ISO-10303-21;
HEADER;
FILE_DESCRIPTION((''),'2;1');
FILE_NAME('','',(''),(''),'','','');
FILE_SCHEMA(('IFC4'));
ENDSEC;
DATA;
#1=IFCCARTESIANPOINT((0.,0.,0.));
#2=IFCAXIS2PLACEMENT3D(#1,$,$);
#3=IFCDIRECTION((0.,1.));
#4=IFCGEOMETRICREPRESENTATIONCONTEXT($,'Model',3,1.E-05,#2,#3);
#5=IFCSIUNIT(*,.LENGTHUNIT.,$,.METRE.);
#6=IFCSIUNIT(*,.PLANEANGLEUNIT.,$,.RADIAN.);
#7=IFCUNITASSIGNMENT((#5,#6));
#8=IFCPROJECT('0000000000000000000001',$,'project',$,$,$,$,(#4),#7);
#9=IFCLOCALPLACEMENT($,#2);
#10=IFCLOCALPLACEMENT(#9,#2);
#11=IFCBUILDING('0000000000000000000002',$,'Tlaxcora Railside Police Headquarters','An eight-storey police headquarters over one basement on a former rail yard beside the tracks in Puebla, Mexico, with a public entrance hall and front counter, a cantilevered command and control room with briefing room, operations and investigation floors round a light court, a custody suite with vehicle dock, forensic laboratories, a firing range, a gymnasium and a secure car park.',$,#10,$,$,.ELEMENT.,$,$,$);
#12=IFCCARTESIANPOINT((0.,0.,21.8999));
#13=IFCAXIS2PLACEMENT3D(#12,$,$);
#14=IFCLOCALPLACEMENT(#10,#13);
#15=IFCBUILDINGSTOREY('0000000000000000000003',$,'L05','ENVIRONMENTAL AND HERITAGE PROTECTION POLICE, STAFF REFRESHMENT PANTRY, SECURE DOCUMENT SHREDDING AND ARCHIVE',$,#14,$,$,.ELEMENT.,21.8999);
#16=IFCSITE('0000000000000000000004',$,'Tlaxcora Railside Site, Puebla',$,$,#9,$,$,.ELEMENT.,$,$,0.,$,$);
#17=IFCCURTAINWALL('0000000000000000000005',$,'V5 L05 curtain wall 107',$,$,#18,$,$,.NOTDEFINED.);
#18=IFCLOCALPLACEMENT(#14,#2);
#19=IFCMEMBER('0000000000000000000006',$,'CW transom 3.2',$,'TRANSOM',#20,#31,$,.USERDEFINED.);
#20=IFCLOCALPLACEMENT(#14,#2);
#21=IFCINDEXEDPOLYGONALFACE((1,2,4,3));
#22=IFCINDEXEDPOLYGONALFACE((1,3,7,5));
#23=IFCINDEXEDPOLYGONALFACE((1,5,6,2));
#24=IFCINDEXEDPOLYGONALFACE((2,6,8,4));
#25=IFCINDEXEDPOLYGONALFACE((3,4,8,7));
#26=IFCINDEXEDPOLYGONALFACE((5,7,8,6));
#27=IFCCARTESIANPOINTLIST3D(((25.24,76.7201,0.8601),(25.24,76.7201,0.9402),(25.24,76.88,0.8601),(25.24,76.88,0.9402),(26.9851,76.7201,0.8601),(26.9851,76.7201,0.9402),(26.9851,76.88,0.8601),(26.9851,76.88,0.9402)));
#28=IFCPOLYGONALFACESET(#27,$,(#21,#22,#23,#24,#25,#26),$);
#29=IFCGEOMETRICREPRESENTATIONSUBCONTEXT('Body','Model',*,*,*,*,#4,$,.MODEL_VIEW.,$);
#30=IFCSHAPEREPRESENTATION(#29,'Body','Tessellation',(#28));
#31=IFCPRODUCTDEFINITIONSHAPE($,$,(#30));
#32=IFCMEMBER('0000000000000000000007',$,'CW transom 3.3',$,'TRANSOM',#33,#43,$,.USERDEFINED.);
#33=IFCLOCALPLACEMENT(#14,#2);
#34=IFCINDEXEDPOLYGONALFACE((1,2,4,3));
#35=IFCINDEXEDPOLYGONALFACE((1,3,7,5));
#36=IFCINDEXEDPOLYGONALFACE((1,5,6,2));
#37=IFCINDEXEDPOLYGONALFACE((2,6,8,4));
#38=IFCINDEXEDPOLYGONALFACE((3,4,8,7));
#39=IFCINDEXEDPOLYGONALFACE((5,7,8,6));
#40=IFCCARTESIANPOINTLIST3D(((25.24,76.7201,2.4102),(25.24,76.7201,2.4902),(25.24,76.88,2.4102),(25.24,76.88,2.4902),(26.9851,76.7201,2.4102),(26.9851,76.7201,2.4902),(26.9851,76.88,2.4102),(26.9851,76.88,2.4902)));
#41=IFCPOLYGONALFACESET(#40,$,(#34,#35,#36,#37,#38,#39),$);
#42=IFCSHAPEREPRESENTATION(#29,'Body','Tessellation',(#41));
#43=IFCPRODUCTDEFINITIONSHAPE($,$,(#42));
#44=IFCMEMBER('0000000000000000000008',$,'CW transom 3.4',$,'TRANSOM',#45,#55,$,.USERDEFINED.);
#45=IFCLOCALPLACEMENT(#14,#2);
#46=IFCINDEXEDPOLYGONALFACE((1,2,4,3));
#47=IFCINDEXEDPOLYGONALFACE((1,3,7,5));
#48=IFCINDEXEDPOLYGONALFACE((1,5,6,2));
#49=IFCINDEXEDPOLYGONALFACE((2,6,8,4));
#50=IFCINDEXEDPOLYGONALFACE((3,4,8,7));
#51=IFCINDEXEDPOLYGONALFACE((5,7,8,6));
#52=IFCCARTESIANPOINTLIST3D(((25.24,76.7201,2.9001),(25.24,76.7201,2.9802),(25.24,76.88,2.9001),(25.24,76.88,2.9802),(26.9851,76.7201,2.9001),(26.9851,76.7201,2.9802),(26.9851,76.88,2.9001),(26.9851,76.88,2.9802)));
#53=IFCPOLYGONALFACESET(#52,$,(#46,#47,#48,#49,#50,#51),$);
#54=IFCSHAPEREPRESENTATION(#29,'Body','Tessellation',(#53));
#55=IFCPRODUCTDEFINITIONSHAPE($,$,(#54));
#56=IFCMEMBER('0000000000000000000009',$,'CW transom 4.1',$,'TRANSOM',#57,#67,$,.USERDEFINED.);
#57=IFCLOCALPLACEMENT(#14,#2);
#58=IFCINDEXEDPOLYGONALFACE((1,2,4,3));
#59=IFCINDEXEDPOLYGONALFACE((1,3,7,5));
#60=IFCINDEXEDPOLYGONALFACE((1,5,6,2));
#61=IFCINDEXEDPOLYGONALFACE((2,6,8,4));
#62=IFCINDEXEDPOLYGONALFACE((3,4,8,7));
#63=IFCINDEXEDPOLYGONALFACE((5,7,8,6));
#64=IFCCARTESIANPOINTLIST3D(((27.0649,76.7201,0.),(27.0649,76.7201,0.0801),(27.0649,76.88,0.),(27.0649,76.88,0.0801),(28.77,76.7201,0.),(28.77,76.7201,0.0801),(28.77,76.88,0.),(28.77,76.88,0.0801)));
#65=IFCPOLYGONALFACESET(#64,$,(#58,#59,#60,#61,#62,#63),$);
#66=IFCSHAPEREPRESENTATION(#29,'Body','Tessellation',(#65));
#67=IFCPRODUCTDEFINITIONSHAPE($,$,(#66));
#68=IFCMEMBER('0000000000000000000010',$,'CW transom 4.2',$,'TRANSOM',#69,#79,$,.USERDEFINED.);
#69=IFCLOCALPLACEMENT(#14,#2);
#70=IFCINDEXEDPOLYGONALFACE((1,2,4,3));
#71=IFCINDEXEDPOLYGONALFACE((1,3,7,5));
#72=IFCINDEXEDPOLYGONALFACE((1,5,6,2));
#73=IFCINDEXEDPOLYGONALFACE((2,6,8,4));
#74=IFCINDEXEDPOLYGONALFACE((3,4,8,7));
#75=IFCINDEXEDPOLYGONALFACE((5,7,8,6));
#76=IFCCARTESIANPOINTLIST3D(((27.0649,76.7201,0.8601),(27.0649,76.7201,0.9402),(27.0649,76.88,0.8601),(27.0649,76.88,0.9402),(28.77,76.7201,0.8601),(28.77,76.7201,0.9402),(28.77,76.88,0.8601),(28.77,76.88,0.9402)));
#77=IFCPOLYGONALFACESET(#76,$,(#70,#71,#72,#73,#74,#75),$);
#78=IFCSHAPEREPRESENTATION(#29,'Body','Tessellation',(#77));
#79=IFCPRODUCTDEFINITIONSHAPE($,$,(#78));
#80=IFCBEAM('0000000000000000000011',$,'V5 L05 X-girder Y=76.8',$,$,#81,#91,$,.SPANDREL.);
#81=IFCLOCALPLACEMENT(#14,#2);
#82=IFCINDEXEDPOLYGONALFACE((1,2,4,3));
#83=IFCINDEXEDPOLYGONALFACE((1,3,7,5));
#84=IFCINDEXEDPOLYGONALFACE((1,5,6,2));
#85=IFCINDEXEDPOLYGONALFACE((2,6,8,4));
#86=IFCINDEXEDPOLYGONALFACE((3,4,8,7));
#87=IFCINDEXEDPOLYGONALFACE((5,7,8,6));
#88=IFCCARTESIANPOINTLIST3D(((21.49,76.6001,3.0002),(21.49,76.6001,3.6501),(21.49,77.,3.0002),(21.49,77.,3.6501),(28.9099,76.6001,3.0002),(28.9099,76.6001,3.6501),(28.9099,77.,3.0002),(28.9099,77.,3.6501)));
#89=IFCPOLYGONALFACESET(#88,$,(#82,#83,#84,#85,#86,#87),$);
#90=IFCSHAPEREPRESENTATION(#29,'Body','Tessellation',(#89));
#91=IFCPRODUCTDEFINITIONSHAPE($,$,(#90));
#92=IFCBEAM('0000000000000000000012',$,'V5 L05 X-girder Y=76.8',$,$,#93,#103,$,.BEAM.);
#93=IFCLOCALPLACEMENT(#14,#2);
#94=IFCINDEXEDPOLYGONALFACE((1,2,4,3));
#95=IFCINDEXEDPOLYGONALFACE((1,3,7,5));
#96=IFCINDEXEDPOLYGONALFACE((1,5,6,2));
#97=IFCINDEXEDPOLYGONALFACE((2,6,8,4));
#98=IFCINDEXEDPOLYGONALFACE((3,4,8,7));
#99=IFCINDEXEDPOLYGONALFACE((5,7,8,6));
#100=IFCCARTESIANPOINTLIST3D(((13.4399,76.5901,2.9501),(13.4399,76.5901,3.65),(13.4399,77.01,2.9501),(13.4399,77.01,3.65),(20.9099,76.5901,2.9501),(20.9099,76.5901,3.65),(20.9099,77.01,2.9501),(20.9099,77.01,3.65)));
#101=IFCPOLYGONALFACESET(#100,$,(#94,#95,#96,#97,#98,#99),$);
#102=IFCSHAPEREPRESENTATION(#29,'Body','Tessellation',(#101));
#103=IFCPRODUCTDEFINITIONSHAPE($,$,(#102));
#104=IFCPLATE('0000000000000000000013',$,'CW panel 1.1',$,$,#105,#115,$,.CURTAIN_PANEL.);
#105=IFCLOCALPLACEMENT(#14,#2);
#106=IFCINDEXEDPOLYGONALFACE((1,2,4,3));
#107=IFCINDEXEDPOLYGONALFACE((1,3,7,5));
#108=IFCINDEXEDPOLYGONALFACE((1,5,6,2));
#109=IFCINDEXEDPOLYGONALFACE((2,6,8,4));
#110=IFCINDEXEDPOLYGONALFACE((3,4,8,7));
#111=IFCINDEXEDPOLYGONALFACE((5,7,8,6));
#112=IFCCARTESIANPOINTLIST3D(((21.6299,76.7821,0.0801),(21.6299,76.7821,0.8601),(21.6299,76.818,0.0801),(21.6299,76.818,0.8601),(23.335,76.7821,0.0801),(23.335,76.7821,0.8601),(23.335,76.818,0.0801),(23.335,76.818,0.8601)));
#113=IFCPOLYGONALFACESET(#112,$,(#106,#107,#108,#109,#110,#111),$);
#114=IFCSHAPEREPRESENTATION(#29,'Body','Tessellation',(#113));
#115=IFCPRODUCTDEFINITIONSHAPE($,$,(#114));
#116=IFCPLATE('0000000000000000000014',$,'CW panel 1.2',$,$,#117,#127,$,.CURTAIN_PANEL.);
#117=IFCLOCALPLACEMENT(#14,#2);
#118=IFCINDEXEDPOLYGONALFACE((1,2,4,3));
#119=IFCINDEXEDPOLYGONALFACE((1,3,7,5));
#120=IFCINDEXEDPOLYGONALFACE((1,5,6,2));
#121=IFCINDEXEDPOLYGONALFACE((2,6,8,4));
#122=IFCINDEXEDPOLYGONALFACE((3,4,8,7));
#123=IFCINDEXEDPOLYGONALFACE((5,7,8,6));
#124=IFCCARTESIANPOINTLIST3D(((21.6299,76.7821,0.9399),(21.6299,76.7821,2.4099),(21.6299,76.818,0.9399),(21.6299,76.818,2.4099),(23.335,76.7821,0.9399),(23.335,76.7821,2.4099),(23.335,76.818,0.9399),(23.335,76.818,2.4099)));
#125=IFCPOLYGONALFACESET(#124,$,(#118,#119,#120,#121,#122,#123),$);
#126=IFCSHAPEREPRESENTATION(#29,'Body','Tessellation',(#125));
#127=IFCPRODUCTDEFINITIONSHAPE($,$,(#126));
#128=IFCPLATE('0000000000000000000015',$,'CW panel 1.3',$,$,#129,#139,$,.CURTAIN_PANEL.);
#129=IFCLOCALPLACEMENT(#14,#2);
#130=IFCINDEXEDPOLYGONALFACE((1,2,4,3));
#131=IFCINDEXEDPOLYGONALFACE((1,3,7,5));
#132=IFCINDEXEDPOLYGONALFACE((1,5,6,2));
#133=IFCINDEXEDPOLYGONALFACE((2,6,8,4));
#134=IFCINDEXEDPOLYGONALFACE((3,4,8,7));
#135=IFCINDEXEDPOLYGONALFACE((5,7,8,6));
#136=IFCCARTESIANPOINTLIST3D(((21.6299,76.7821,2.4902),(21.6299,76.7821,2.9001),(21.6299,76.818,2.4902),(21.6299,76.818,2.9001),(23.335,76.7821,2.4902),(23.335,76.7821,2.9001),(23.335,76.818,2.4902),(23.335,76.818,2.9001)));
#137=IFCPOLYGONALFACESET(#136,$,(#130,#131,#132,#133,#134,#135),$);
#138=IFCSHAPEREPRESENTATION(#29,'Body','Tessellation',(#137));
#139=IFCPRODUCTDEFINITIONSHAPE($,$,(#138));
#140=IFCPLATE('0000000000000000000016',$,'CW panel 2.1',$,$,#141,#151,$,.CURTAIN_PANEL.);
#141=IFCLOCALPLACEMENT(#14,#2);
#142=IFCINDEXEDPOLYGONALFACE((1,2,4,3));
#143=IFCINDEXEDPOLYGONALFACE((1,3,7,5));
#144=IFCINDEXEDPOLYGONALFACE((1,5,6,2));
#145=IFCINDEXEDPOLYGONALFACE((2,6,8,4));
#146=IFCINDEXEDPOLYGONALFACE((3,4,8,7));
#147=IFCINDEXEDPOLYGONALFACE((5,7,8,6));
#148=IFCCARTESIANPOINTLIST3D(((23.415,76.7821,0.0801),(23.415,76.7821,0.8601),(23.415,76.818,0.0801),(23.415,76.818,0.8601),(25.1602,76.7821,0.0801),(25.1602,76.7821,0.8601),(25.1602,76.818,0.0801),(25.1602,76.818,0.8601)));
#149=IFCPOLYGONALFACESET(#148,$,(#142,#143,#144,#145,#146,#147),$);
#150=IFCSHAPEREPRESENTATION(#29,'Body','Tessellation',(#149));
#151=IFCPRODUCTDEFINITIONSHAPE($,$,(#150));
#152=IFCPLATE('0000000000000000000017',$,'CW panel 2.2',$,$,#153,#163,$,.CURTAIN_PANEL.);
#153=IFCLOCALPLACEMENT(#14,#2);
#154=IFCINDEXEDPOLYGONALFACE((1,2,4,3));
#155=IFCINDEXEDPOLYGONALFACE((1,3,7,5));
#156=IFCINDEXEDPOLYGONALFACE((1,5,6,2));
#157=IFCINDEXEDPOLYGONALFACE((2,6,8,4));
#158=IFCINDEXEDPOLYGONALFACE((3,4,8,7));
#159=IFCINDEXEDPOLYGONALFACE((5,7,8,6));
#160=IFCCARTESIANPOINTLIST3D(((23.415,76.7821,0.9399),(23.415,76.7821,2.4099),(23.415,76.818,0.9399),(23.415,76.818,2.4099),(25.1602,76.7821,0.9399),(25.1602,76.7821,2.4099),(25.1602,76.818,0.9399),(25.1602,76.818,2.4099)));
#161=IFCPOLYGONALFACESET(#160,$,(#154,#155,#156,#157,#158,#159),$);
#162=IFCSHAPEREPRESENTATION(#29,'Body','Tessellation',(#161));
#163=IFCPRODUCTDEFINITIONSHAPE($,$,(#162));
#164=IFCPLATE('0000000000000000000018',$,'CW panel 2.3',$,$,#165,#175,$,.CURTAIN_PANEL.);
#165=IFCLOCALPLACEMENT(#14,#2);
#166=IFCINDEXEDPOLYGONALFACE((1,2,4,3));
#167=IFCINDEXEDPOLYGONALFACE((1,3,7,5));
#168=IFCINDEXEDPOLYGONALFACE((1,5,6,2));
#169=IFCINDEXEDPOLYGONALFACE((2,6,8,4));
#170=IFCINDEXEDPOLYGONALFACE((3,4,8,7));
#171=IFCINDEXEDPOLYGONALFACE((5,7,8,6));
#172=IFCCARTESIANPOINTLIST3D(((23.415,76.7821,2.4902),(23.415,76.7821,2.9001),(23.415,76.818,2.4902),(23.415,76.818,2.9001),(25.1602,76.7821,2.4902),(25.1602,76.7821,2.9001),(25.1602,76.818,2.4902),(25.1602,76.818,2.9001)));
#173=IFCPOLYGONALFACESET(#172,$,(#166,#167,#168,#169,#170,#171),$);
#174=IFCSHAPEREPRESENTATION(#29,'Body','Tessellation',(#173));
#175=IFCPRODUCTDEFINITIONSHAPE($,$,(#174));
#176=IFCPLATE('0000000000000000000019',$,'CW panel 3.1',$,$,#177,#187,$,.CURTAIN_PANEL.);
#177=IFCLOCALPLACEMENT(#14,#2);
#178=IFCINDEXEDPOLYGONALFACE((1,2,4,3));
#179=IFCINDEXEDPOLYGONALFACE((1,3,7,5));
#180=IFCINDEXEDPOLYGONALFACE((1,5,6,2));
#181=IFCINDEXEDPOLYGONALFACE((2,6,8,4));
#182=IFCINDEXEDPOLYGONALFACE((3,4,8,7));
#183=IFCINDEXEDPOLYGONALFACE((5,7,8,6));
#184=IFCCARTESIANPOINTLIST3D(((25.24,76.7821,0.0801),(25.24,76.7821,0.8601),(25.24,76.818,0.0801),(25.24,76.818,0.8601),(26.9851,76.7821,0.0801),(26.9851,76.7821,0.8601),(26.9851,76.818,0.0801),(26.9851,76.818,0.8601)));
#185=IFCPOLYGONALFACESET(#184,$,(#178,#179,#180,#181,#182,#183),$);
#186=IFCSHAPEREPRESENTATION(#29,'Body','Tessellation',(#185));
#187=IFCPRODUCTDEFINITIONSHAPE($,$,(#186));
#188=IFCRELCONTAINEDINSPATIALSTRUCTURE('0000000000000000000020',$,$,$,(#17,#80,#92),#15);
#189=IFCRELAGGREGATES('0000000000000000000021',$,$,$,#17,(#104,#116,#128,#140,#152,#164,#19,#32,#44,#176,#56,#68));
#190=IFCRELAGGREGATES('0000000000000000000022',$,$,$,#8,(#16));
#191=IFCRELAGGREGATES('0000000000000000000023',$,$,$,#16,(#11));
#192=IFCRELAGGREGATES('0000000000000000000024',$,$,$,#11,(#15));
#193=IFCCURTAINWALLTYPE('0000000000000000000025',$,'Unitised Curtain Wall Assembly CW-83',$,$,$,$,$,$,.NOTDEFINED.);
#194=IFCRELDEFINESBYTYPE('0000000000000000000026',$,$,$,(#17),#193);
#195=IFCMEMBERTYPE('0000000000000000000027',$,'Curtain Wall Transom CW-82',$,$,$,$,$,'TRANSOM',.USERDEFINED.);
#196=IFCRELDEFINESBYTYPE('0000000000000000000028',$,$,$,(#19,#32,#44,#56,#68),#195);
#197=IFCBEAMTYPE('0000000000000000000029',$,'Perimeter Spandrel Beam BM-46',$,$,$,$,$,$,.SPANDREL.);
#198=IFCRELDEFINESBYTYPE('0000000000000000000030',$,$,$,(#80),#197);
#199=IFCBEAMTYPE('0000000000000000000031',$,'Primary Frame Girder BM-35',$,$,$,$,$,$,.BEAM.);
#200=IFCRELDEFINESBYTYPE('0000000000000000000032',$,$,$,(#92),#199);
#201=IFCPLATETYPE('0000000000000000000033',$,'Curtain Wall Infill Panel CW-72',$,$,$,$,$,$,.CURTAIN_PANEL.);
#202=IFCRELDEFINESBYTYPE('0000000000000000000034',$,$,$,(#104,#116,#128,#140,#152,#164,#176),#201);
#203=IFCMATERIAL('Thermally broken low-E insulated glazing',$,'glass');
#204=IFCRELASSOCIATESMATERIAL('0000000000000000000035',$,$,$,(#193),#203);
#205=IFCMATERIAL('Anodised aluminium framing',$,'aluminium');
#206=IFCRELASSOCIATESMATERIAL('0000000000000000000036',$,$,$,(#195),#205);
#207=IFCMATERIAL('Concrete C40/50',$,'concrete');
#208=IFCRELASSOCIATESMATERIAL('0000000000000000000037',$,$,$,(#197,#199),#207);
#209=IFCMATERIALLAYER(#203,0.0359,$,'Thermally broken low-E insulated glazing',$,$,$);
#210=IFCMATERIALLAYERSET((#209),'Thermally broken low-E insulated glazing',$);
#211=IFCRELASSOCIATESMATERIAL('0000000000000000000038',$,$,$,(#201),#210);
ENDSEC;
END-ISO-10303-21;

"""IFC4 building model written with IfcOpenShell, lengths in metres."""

from ifc_helpers import new_model, si_unit, direction, frame, origin, origin_2d, place, context, subcontext, project, spatial, rectangle, extrude, material, layer, layer_set, material_profile, profile_set, type_object, element, aggregate, save


model = new_model("IFC4")

# Units and contexts
model_context = context("Model", 3, precision=1e-05, world=origin(), true_north=direction((0.0, 1.0)))
body_context = subcontext(model_context, "Body", "Model", "MODEL_VIEW")
ifc_project = project(units=[si_unit("LENGTHUNIT", "METRE"), si_unit("PLANEANGLEUNIT", "RADIAN")], contexts=[model_context])

# Site, building, storey
site_placement = place(None, origin())
site = spatial("IfcSite", under=ifc_project, at=site_placement, Name="Tlaxcora Railside Site, Puebla", CompositionType="ELEMENT", RefElevation=0.0)
building_placement = place(site_placement, origin())
building = spatial("IfcBuilding", under=site, at=building_placement, Name="Tlaxcora Railside Police Headquarters", Description="An eight-storey police headquarters over one basement on a former rail yard beside the tracks in Puebla, Mexico, with a public entrance hall and front counter, a cantilevered command and control room with briefing room, operations and investigation floors round a light court, a custody suite with vehicle dock, forensic laboratories, a firing range, a gymnasium and a secure car park.", CompositionType="ELEMENT")
storey_placement = place(building_placement, frame((0.0, 0.0, 21.8999)))
storey = spatial("IfcBuildingStorey", under=building, at=storey_placement, Name="L05", Description="ENVIRONMENTAL AND HERITAGE PROTECTION POLICE, STAFF REFRESHMENT PANTRY, SECURE DOCUMENT SHREDDING AND ARCHIVE", CompositionType="ELEMENT", Elevation=21.8999)

# Shared definitions
ifc_material_1 = material(Name="Concrete C40/50", Category="concrete")

# Curtain wall, members
ifc_material_2 = material(Name="Thermally broken low-E insulated glazing", Category="glass")
curtain_wall_type = type_object("IfcCurtainWallType", Name="Unitised Curtain Wall Assembly CW-83", PredefinedType="NOTDEFINED", material=ifc_material_2)
curtain_wall_placement = place(storey_placement, origin())
curtain_wall = element("IfcCurtainWall", 1, at=curtain_wall_placement, inside=storey, type_object=curtain_wall_type, Name="V5 L05 curtain wall 107", PredefinedType="NOTDEFINED")
ifc_material_3 = material(Name="Anodised aluminium framing", Category="aluminium")
ifc_material_profile_1 = material_profile(ifc_material_3, rectangle(XDim=0.1599, YDim=0.0801, at=origin_2d()), Name="AL80X160")
ifc_profile_set_1 = profile_set([ifc_material_profile_1], Name="Anodised aluminium framing")
member_type_1 = type_object("IfcMemberType", Name="Curtain Wall Transom CW-82", ElementType="TRANSOM", PredefinedType="USERDEFINED", material=ifc_profile_set_1)
member_1_placement = place(storey_placement, frame((25.24, 76.8, 0.9001), z_axis=(1.0, 0.0, 0.0), x_axis=(0.0, 1.0, 0.0)))
member_1 = element("IfcMember", 2, at=member_1_placement, type_object=member_type_1, Name="CW transom 3.2", ObjectType="TRANSOM", PredefinedType="USERDEFINED", context=body_context, shape_type="SweptSolid", body=[
    extrude(rectangle(XDim=0.1599, YDim=0.0801, at=origin_2d()), origin(), (0.0, 0.0, 1.0), 1.7451),
])
member_2_placement = place(storey_placement, frame((25.24, 76.8, 2.4502), z_axis=(1.0, 0.0, 0.0), x_axis=(0.0, 1.0, 0.0)))
member_2 = element("IfcMember", 3, at=member_2_placement, type_object=member_type_1, Name="CW transom 3.3", ObjectType="TRANSOM", PredefinedType="USERDEFINED", context=body_context, shape_type="SweptSolid", body=[
    extrude(rectangle(XDim=0.1599, YDim=0.0801, at=origin_2d()), origin(), (0.0, 0.0, 1.0), 1.7451),
])
member_3_placement = place(storey_placement, frame((25.24, 76.8, 2.9402), z_axis=(1.0, 0.0, 0.0), x_axis=(0.0, 1.0, 0.0)))
member_3 = element("IfcMember", 4, at=member_3_placement, type_object=member_type_1, Name="CW transom 3.4", ObjectType="TRANSOM", PredefinedType="USERDEFINED", context=body_context, shape_type="SweptSolid", body=[
    extrude(rectangle(XDim=0.1599, YDim=0.0801, at=origin_2d()), origin(), (0.0, 0.0, 1.0), 1.7451),
])
member_4_placement = place(storey_placement, frame((27.0649, 76.8, 0.04), z_axis=(1.0, 0.0, 0.0), x_axis=(0.0, 1.0, 0.0)))
member_4 = element("IfcMember", 5, at=member_4_placement, type_object=member_type_1, Name="CW transom 4.1", ObjectType="TRANSOM", PredefinedType="USERDEFINED", context=body_context, shape_type="SweptSolid", body=[
    extrude(rectangle(XDim=0.1599, YDim=0.0801, at=origin_2d()), origin(), (0.0, 0.0, 1.0), 1.7051),
])
member_5_placement = place(storey_placement, frame((27.0649, 76.8, 0.9001), z_axis=(1.0, 0.0, 0.0), x_axis=(0.0, 1.0, 0.0)))
member_5 = element("IfcMember", 6, at=member_5_placement, type_object=member_type_1, Name="CW transom 4.2", ObjectType="TRANSOM", PredefinedType="USERDEFINED", context=body_context, shape_type="SweptSolid", body=[
    extrude(rectangle(XDim=0.1599, YDim=0.0801, at=origin_2d()), origin(), (0.0, 0.0, 1.0), 1.7051),
])

# Beams
ifc_material_profile_2 = material_profile(ifc_material_1, rectangle(XDim=0.3999, YDim=0.6499, at=origin_2d()), Name="RC400X650")
ifc_profile_set_2 = profile_set([ifc_material_profile_2], Name="Concrete C40/50")
beam_type_1 = type_object("IfcBeamType", Name="Perimeter Spandrel Beam BM-46", PredefinedType="SPANDREL", material=ifc_profile_set_2)
beam_1_placement = place(storey_placement, frame((21.49, 76.8, 3.3252), z_axis=(1.0, 0.0, 0.0), x_axis=(0.0, 1.0, 0.0)))
element("IfcBeam", 7, at=beam_1_placement, inside=storey, type_object=beam_type_1, Name="V5 L05 X-girder Y=76.8", PredefinedType="SPANDREL", context=body_context, shape_type="SweptSolid", body=[
    extrude(rectangle(XDim=0.3999, YDim=0.6499, at=origin_2d()), origin(), (0.0, 0.0, 1.0), 7.4199),
])
ifc_material_profile_3 = material_profile(ifc_material_1, rectangle(XDim=0.4199, YDim=0.7, at=origin_2d()), Name="RC420X700")
ifc_profile_set_3 = profile_set([ifc_material_profile_3], Name="Concrete C40/50")
beam_type_2 = type_object("IfcBeamType", Name="Primary Frame Girder BM-35", PredefinedType="BEAM", material=ifc_profile_set_3)
beam_2_placement = place(storey_placement, frame((13.4399, 76.8, 3.3), z_axis=(1.0, 0.0, 0.0), x_axis=(0.0, 1.0, 0.0)))
element("IfcBeam", 8, at=beam_2_placement, inside=storey, type_object=beam_type_2, Name="V5 L05 X-girder Y=76.8", PredefinedType="BEAM", context=body_context, shape_type="SweptSolid", body=[
    extrude(rectangle(XDim=0.4199, YDim=0.7, at=origin_2d()), origin(), (0.0, 0.0, 1.0), 7.47),
])

# Plates
ifc_layer = layer(ifc_material_2, 0.0359, Name="Thermally broken low-E insulated glazing")
ifc_layer_set = layer_set([ifc_layer], Name="Thermally broken low-E insulated glazing")
plate_type = type_object("IfcPlateType", Name="Curtain Wall Infill Panel CW-72", PredefinedType="CURTAIN_PANEL", material=ifc_layer_set)
plate_1_placement = place(storey_placement, frame((22.4824, 76.8, 0.0801), z_axis=(0.0, 0.0, 1.0), x_axis=(1.0, 0.0, 0.0)))
plate_1 = element("IfcPlate", 9, at=plate_1_placement, type_object=plate_type, Name="CW panel 1.1", PredefinedType="CURTAIN_PANEL", context=body_context, shape_type="SweptSolid", body=[
    extrude(rectangle(XDim=1.7051, YDim=0.0359, at=origin_2d()), origin(), (0.0, 0.0, 1.0), 0.78),
])
plate_2_placement = place(storey_placement, frame((22.4824, 76.8, 0.9399), z_axis=(0.0, 0.0, 1.0), x_axis=(1.0, 0.0, 0.0)))
plate_2 = element("IfcPlate", 10, at=plate_2_placement, type_object=plate_type, Name="CW panel 1.2", PredefinedType="CURTAIN_PANEL", context=body_context, shape_type="SweptSolid", body=[
    extrude(rectangle(XDim=1.7051, YDim=0.0359, at=origin_2d()), origin(), (0.0, 0.0, 1.0), 1.47),
])
plate_3_placement = place(storey_placement, frame((22.4824, 76.8, 2.4902), z_axis=(0.0, 0.0, 1.0), x_axis=(1.0, 0.0, 0.0)))
plate_3 = element("IfcPlate", 11, at=plate_3_placement, type_object=plate_type, Name="CW panel 1.3", PredefinedType="CURTAIN_PANEL", context=body_context, shape_type="SweptSolid", body=[
    extrude(rectangle(XDim=1.7051, YDim=0.0359, at=origin_2d()), origin(), (0.0, 0.0, 1.0), 0.4099),
])
plate_4_placement = place(storey_placement, frame((24.2876, 76.8, 0.0801), z_axis=(0.0, 0.0, 1.0), x_axis=(1.0, 0.0, 0.0)))
plate_4 = element("IfcPlate", 12, at=plate_4_placement, type_object=plate_type, Name="CW panel 2.1", PredefinedType="CURTAIN_PANEL", context=body_context, shape_type="SweptSolid", body=[
    extrude(rectangle(XDim=1.7451, YDim=0.0359, at=origin_2d()), origin(), (0.0, 0.0, 1.0), 0.78),
])
plate_5_placement = place(storey_placement, frame((24.2876, 76.8, 0.9399), z_axis=(0.0, 0.0, 1.0), x_axis=(1.0, 0.0, 0.0)))
plate_5 = element("IfcPlate", 13, at=plate_5_placement, type_object=plate_type, Name="CW panel 2.2", PredefinedType="CURTAIN_PANEL", context=body_context, shape_type="SweptSolid", body=[
    extrude(rectangle(XDim=1.7451, YDim=0.0359, at=origin_2d()), origin(), (0.0, 0.0, 1.0), 1.47),
])
plate_6_placement = place(storey_placement, frame((24.2876, 76.8, 2.4902), z_axis=(0.0, 0.0, 1.0), x_axis=(1.0, 0.0, 0.0)))
plate_6 = element("IfcPlate", 14, at=plate_6_placement, type_object=plate_type, Name="CW panel 2.3", PredefinedType="CURTAIN_PANEL", context=body_context, shape_type="SweptSolid", body=[
    extrude(rectangle(XDim=1.7451, YDim=0.0359, at=origin_2d()), origin(), (0.0, 0.0, 1.0), 0.4099),
])
plate_7_placement = place(storey_placement, frame((26.1125, 76.8, 0.0801), z_axis=(0.0, 0.0, 1.0), x_axis=(1.0, 0.0, 0.0)))
plate_7 = element("IfcPlate", 15, at=plate_7_placement, type_object=plate_type, Name="CW panel 3.1", PredefinedType="CURTAIN_PANEL", context=body_context, shape_type="SweptSolid", body=[
    extrude(rectangle(XDim=1.7451, YDim=0.0359, at=origin_2d()), origin(), (0.0, 0.0, 1.0), 0.78),
])
aggregate(curtain_wall, [plate_1, plate_2, plate_3, plate_4, plate_5, plate_6, member_1, member_2, member_3, plate_7, member_4, member_5])

save(model, "model.ifc")
